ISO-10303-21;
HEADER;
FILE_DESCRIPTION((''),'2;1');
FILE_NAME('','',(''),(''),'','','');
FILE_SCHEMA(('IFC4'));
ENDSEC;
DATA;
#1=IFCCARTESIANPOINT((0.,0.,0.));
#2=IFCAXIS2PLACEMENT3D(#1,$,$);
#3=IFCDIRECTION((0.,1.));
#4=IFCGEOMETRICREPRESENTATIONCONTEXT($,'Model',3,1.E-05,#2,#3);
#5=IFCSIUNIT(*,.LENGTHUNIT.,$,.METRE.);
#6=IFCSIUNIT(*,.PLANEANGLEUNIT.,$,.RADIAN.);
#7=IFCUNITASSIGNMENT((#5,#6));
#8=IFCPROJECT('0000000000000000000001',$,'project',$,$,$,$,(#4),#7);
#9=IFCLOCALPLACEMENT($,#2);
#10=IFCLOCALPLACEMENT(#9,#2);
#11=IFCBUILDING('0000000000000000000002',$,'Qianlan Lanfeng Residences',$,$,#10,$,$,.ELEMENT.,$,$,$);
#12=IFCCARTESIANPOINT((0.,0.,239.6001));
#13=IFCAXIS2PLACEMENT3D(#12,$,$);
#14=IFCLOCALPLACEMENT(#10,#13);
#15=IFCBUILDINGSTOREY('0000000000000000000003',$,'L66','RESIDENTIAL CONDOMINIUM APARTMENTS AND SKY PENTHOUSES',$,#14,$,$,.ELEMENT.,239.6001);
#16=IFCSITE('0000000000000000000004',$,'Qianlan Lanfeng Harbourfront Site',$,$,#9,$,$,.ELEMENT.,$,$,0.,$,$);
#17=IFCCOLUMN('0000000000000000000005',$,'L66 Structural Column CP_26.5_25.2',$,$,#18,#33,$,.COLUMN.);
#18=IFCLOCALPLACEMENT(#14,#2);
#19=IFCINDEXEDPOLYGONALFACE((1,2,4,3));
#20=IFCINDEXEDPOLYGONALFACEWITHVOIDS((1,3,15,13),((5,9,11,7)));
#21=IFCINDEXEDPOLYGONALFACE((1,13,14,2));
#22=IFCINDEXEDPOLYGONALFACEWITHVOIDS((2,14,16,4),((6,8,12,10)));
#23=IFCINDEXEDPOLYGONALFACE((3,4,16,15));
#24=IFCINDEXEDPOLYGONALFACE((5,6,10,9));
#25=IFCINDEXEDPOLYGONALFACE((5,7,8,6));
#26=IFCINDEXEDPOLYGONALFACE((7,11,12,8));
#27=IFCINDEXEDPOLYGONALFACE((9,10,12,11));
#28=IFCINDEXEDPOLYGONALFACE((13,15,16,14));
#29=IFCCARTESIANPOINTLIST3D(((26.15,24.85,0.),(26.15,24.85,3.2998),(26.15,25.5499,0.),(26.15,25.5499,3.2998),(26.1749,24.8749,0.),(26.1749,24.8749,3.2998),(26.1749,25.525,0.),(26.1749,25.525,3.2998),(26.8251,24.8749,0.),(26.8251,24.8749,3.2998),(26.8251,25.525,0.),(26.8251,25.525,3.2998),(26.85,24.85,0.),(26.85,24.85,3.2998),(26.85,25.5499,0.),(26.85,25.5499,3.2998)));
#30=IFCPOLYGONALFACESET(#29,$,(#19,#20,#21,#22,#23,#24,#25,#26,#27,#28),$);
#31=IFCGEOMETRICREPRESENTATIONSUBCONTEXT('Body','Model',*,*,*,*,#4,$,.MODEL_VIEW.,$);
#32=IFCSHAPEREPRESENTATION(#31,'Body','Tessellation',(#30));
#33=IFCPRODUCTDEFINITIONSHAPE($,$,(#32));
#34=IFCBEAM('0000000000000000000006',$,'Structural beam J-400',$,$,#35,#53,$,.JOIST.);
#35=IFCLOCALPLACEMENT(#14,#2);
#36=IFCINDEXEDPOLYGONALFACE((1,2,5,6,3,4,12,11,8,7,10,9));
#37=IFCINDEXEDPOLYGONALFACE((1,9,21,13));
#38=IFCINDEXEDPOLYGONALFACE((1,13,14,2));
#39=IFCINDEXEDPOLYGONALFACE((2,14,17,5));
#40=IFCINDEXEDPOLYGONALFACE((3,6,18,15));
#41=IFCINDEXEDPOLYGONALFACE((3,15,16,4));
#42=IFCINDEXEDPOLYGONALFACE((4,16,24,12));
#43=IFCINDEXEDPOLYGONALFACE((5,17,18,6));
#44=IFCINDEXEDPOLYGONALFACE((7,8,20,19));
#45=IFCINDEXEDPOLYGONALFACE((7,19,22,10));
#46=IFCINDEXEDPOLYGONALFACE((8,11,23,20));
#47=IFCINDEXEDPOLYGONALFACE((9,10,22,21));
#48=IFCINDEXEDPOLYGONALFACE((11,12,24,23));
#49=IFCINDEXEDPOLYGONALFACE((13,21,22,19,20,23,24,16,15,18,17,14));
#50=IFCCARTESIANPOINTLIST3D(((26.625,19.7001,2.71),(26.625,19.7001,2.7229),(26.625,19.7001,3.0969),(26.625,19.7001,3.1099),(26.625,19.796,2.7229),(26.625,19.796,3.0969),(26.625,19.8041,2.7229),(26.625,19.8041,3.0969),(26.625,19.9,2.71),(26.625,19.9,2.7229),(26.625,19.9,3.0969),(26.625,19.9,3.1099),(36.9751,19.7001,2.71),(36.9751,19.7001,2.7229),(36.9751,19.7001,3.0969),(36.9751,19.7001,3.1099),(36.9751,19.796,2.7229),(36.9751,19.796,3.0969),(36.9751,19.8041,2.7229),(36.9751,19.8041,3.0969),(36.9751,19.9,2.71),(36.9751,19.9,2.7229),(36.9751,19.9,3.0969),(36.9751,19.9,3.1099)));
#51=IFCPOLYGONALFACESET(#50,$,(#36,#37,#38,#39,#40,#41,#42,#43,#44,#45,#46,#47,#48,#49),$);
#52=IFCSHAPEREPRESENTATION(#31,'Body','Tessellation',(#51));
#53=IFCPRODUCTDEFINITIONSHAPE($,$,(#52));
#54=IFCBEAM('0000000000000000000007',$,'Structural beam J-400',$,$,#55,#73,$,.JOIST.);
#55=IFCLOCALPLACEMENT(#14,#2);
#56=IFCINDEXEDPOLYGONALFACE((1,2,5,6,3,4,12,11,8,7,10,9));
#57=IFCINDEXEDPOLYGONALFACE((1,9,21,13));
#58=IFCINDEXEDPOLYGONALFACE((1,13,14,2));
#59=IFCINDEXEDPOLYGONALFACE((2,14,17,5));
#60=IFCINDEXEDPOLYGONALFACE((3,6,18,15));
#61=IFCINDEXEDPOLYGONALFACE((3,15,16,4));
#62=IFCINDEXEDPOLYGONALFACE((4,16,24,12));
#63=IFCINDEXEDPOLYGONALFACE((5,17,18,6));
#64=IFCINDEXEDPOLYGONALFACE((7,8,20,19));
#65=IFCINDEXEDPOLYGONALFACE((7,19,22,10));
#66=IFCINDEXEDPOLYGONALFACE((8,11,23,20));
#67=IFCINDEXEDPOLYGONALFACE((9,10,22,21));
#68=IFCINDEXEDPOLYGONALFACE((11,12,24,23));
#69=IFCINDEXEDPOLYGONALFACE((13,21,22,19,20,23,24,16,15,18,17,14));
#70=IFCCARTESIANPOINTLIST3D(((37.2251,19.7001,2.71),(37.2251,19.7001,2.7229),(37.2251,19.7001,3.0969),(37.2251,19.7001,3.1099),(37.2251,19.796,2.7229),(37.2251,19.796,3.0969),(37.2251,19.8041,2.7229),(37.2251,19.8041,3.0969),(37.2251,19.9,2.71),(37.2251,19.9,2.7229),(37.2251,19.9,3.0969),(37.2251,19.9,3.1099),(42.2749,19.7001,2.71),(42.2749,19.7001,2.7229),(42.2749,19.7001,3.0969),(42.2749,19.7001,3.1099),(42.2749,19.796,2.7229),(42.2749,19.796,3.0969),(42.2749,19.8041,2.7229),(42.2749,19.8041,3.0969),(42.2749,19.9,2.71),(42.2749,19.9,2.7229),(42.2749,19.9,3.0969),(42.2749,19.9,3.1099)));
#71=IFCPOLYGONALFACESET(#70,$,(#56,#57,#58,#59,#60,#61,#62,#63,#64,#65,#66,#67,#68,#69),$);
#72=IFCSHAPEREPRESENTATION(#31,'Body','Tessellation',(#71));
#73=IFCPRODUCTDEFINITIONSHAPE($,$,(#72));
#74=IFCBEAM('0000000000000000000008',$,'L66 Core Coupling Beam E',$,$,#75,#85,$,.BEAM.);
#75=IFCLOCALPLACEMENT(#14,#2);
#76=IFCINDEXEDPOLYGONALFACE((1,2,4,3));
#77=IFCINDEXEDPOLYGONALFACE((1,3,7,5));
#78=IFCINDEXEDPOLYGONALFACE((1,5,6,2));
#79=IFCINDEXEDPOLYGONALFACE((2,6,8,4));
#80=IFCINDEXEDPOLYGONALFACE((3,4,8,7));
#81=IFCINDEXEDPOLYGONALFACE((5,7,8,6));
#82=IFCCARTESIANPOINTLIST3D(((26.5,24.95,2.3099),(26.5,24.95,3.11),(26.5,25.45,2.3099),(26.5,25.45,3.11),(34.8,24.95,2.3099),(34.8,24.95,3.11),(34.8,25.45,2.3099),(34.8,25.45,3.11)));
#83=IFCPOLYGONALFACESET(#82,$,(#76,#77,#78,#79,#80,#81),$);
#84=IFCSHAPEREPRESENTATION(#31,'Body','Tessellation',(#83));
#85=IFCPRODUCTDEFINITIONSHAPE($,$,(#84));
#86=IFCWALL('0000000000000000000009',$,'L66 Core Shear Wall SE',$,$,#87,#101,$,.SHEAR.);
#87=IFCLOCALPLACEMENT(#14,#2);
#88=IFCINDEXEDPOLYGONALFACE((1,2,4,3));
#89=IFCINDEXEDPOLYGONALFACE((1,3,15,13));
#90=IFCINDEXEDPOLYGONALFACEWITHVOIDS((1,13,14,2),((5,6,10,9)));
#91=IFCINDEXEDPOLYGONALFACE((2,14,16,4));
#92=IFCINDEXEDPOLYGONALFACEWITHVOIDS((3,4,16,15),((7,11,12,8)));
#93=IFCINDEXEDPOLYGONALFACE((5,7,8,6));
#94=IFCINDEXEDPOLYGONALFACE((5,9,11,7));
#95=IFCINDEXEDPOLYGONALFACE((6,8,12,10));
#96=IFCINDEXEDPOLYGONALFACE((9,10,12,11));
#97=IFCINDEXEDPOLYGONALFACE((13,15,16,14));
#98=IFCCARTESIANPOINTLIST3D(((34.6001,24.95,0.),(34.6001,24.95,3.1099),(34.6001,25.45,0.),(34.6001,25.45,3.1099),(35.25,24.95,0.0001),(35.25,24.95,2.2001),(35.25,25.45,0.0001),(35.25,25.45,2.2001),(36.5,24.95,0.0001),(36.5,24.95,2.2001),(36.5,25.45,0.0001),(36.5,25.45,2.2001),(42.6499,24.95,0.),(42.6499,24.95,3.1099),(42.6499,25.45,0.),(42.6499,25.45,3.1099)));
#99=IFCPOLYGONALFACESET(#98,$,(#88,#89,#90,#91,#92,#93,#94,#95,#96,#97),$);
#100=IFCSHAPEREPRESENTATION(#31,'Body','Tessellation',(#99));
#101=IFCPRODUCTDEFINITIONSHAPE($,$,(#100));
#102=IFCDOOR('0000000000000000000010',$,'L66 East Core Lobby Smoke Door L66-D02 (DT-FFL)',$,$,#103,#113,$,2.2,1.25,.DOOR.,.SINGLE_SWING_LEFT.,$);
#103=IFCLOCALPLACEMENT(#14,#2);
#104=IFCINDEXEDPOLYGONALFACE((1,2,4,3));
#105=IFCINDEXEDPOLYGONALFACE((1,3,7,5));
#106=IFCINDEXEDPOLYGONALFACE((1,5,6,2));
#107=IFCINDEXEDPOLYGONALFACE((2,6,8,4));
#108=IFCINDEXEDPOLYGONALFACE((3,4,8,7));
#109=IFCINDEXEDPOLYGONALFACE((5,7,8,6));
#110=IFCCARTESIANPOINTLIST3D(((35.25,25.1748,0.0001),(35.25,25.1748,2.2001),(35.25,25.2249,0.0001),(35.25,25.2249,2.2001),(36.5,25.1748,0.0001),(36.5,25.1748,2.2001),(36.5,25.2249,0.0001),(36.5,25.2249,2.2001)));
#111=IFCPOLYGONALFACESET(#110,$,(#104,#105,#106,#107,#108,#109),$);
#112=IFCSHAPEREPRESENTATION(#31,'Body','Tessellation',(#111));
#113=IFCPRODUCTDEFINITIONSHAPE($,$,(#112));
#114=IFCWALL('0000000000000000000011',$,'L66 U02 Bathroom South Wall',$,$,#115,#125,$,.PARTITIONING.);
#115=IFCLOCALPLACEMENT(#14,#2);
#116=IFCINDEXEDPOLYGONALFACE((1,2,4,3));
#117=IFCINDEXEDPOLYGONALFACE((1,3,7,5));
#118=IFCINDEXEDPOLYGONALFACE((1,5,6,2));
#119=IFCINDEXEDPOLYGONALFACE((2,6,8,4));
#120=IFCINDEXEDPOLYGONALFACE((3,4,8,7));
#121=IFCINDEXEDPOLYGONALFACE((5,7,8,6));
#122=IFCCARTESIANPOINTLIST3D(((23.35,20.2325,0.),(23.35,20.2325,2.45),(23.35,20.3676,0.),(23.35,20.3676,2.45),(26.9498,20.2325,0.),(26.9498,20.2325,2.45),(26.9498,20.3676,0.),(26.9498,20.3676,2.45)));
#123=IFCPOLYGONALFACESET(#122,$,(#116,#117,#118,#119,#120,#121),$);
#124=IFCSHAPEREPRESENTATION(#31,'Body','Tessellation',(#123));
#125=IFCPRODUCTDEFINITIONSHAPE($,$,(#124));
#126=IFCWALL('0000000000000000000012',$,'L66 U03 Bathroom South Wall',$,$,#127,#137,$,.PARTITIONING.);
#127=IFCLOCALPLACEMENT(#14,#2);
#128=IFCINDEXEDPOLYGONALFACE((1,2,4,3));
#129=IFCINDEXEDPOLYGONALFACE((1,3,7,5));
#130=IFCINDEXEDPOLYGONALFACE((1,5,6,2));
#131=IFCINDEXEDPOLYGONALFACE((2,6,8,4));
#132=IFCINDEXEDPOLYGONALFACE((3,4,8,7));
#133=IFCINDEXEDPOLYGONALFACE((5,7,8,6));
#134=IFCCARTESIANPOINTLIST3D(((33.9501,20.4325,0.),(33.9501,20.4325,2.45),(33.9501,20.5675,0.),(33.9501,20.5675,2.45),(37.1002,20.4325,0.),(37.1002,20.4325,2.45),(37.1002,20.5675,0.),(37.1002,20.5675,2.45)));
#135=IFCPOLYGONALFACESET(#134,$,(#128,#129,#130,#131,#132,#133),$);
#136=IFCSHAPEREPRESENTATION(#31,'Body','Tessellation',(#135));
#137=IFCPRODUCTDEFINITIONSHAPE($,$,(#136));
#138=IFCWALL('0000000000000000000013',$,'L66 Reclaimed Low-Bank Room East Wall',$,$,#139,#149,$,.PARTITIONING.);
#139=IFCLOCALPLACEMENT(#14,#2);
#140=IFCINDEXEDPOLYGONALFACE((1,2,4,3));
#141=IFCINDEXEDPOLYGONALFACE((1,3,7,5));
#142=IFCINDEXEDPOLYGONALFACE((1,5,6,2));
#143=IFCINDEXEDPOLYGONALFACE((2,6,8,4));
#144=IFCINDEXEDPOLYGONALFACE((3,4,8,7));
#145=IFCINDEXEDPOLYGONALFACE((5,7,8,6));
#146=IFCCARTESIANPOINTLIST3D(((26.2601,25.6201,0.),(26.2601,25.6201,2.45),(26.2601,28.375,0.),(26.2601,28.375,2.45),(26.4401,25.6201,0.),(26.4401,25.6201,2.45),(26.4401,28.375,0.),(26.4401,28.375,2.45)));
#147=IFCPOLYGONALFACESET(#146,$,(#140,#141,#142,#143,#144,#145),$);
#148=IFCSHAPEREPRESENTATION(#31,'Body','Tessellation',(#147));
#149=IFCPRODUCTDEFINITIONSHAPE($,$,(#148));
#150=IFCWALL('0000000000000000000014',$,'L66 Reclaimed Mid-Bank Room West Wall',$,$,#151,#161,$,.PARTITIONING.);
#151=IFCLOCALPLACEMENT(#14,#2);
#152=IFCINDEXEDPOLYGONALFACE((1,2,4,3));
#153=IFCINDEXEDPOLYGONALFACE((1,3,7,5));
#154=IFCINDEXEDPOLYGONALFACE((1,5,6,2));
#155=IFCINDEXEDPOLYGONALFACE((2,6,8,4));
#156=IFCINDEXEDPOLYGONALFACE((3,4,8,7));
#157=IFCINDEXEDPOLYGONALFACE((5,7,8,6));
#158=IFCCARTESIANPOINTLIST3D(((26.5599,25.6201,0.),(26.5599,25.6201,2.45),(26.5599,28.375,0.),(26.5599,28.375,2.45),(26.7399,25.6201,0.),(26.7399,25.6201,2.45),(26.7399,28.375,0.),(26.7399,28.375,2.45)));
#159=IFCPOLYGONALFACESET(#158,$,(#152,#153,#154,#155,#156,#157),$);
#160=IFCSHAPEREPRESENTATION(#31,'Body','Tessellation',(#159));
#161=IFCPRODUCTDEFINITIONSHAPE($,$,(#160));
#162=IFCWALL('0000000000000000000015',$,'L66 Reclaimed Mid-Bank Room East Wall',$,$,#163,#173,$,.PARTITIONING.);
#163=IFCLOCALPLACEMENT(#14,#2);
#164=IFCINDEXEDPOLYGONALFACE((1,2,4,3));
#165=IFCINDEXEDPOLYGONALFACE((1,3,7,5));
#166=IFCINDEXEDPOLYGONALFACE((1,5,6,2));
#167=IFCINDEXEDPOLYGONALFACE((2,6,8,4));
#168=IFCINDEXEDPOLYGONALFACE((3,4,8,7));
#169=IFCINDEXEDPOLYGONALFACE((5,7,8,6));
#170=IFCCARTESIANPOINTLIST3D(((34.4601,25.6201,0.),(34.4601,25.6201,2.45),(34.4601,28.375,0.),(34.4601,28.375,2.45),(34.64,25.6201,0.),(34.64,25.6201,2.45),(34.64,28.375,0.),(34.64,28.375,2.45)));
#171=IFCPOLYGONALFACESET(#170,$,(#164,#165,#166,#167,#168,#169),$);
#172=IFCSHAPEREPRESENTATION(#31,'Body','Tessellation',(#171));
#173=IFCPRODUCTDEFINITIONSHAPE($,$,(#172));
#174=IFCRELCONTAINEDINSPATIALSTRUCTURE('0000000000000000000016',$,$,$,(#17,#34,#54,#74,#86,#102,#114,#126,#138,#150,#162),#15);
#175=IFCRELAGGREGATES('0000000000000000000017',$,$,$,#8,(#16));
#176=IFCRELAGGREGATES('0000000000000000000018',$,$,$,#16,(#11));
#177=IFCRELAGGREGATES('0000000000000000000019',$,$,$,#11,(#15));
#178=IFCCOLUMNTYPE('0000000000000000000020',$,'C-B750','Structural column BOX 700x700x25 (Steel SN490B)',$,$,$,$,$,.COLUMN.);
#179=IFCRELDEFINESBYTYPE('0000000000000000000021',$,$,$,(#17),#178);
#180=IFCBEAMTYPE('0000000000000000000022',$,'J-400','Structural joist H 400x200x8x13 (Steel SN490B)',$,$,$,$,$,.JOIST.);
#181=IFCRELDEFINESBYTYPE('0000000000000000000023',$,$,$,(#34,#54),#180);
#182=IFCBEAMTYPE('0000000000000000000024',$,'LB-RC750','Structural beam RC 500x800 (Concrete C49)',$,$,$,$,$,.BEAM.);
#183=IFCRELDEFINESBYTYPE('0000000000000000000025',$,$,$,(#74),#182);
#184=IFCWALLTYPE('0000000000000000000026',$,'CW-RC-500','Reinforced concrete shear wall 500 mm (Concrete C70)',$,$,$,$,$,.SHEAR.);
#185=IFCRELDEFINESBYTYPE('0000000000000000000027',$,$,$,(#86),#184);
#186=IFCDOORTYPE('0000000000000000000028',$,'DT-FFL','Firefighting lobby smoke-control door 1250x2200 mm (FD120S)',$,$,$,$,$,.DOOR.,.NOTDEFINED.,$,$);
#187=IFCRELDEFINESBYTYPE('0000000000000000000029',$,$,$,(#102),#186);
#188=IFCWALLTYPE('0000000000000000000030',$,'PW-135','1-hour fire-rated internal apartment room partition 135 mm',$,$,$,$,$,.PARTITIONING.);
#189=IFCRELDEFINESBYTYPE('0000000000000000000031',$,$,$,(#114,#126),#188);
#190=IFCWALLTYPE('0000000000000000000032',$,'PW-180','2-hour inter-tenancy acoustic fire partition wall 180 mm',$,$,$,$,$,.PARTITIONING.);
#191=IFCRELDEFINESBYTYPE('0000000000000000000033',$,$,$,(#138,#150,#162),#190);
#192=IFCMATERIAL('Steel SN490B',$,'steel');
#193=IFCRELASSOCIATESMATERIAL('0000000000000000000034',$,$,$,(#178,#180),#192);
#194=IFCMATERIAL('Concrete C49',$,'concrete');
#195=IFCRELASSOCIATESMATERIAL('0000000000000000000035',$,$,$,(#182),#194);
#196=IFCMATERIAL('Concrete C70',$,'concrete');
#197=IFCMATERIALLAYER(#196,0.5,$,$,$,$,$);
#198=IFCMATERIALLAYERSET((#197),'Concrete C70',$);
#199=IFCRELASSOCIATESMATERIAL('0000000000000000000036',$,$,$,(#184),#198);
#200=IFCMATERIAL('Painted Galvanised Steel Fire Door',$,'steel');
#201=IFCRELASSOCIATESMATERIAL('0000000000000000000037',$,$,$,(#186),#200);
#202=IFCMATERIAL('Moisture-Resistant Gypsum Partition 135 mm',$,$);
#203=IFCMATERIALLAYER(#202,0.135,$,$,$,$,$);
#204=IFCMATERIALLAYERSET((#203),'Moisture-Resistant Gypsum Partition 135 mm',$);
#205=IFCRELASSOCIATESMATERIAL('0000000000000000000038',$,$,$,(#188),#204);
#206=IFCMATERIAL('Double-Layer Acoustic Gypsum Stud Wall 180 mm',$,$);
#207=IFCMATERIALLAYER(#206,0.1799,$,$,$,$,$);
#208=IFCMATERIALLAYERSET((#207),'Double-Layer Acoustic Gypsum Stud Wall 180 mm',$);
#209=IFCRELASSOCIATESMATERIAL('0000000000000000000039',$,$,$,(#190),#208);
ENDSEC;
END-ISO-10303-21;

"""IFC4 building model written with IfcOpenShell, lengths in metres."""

from ifc_helpers import new_model, si_unit, direction, frame, frame_2d, origin, origin_2d, place, context, subcontext, project, spatial, rectangle, hollow_rectangle, i_section, extrude, material, layer, layer_set, material_profile, profile_set, type_object, element, fill, save


model = new_model("IFC4")

# Units and contexts
model_context = context("Model", 3, precision=1e-05, world=origin(), true_north=direction((0.0, 1.0)))
body_context = subcontext(model_context, "Body", "Model", "MODEL_VIEW")
ifc_project = project(units=[si_unit("LENGTHUNIT", "METRE"), si_unit("PLANEANGLEUNIT", "RADIAN")], contexts=[model_context])

# Site, building, storey
site_placement = place(None, origin())
site = spatial("IfcSite", under=ifc_project, at=site_placement, Name="Qianlan Lanfeng Harbourfront Site", CompositionType="ELEMENT", RefElevation=0.0)
building_placement = place(site_placement, origin())
building = spatial("IfcBuilding", under=site, at=building_placement, Name="Qianlan Lanfeng Residences", CompositionType="ELEMENT")
storey_placement = place(building_placement, frame((0.0, 0.0, 239.6001)))
storey = spatial("IfcBuildingStorey", under=building, at=storey_placement, Name="L66", Description="RESIDENTIAL CONDOMINIUM APARTMENTS AND SKY PENTHOUSES", CompositionType="ELEMENT", Elevation=239.6001)

# Column
ifc_material_1 = material(Name="Steel SN490B", Category="steel")
ifc_material_profile_1 = material_profile(ifc_material_1, hollow_rectangle(XDim=0.7, YDim=0.7, WallThickness=0.0249, at=origin_2d()), Name="BOX 700x700x25")
ifc_profile_set_1 = profile_set([ifc_material_profile_1], Name="Steel SN490B")
column_type = type_object("IfcColumnType", Name="C-B750", Description="Structural column BOX 700x700x25 (Steel SN490B)", PredefinedType="COLUMN", material=ifc_profile_set_1)
column_placement = place(storey_placement, frame((26.5, 25.2, 0.0), z_axis=(0.0, 0.0, 1.0), x_axis=(1.0, 0.0, 0.0)))
element("IfcColumn", 1, at=column_placement, inside=storey, type_object=column_type, Name="L66 Structural Column CP_26.5_25.2", PredefinedType="COLUMN", context=body_context, shape_type="SweptSolid", body=[
    extrude(hollow_rectangle(XDim=0.7, YDim=0.7, WallThickness=0.0249, at=origin_2d()), origin(), (0.0, 0.0, 1.0), 3.2998),
])

# Beams
ifc_material_profile_2 = material_profile(ifc_material_1, i_section(OverallWidth=0.2, OverallDepth=0.3999, WebThickness=0.0081, FlangeThickness=0.0129, at=origin_2d()), Name="H 400x200x8x13")
ifc_profile_set_2 = profile_set([ifc_material_profile_2], Name="Steel SN490B")
beam_type_1 = type_object("IfcBeamType", Name="J-400", Description="Structural joist H 400x200x8x13 (Steel SN490B)", PredefinedType="JOIST", material=ifc_profile_set_2)
beam_1_placement = place(storey_placement, frame((26.625, 19.8, 2.9099), z_axis=(1.0, 0.0, 0.0), x_axis=(0.0, 1.0, 0.0)))
element("IfcBeam", 2, at=beam_1_placement, inside=storey, type_object=beam_type_1, Name="Structural beam J-400", PredefinedType="JOIST", context=body_context, shape_type="SweptSolid", body=[
    extrude(i_section(OverallWidth=0.2, OverallDepth=0.3999, WebThickness=0.0081, FlangeThickness=0.0129, at=origin_2d()), origin(), (0.0, 0.0, 1.0), 10.3501),
])
beam_2_placement = place(storey_placement, frame((37.2251, 19.8, 2.9099), z_axis=(1.0, 0.0, 0.0), x_axis=(0.0, 1.0, 0.0)))
element("IfcBeam", 3, at=beam_2_placement, inside=storey, type_object=beam_type_1, Name="Structural beam J-400", PredefinedType="JOIST", context=body_context, shape_type="SweptSolid", body=[
    extrude(i_section(OverallWidth=0.2, OverallDepth=0.3999, WebThickness=0.0081, FlangeThickness=0.0129, at=origin_2d()), origin(), (0.0, 0.0, 1.0), 5.0498),
])
ifc_material_2 = material(Name="Concrete C49", Category="concrete")
ifc_material_profile_3 = material_profile(ifc_material_2, rectangle(XDim=0.5, YDim=0.8, at=origin_2d()), Name="RC 500x800")
ifc_profile_set_3 = profile_set([ifc_material_profile_3], Name="Concrete C49")
beam_type_2 = type_object("IfcBeamType", Name="LB-RC750", Description="Structural beam RC 500x800 (Concrete C49)", PredefinedType="BEAM", material=ifc_profile_set_3)
beam_3_placement = place(storey_placement, frame((26.5, 25.2, 2.71), z_axis=(1.0, 0.0, 0.0), x_axis=(0.0, 1.0, 0.0)))
element("IfcBeam", 4, at=beam_3_placement, inside=storey, type_object=beam_type_2, Name="L66 Core Coupling Beam E", PredefinedType="BEAM", context=body_context, shape_type="SweptSolid", body=[
    extrude(rectangle(XDim=0.5, YDim=0.8, at=origin_2d()), origin(), (0.0, 0.0, 1.0), 8.3),
])

# Wall, opening, door
ifc_material_3 = material(Name="Concrete C70", Category="concrete")
ifc_layer_1 = layer(ifc_material_3, 0.5)
ifc_layer_set_1 = layer_set([ifc_layer_1], Name="Concrete C70")
wall_type_1 = type_object("IfcWallType", Name="CW-RC-500", Description="Reinforced concrete shear wall 500 mm (Concrete C70)", PredefinedType="SHEAR", material=ifc_layer_set_1)
wall_1_placement = place(storey_placement, frame((34.6001, 25.2, 0.0), z_axis=(0.0, 0.0, 1.0), x_axis=(1.0, 0.0, 0.0)))
wall_1 = element("IfcWall", 5, at=wall_1_placement, inside=storey, type_object=wall_type_1, Name="L66 Core Shear Wall SE", PredefinedType="SHEAR", context=body_context, shape_type="SweptSolid", body=[
    extrude(rectangle(XDim=8.0498, YDim=0.5, at=frame_2d((4.0249, 0.0))), origin(), (0.0, 0.0, 1.0), 3.1099),
])
opening_1_placement = place(wall_1_placement, frame((0.6499, 0.0, 0.0)))
opening_1 = element("IfcOpeningElement", 6, at=opening_1_placement, cuts=wall_1, PredefinedType="OPENING", context=body_context, shape_type="SweptSolid", body=[
    extrude(rectangle(XDim=1.25, YDim=2.2, at=frame_2d((0.625, 1.1001))), frame((0.0, 0.26, 0.0), z_axis=(0.0, -1.0, 0.0), x_axis=(1.0, 0.0, 0.0)), (0.0, 0.0, 1.0), 0.52),
])
ifc_material_4 = material(Name="Painted Galvanised Steel Fire Door", Category="steel")
door_type_1 = type_object("IfcDoorType", Name="DT-FFL", Description="Firefighting lobby smoke-control door 1250x2200 mm (FD120S)", OperationType="NOTDEFINED", PredefinedType="DOOR", material=ifc_material_4)
door_1_placement = place(opening_1_placement, origin())
door_1 = element("IfcDoor", 7, at=door_1_placement, inside=storey, type_object=door_type_1, Name="L66 East Core Lobby Smoke Door L66-D02 (DT-FFL)", OperationType="SINGLE_SWING_LEFT", OverallHeight=2.2, OverallWidth=1.25, PredefinedType="DOOR", context=body_context, shape_type="SweptSolid", body=[
    extrude(rectangle(XDim=1.25, YDim=2.2, at=frame_2d((0.625, 1.1001))), frame((0.0, 0.0249, 0.0), z_axis=(0.0, -1.0, 0.0), x_axis=(1.0, 0.0, 0.0)), (0.0, 0.0, 1.0), 0.05),
])
fill(opening_1, door_1)

# Walls
ifc_material_5 = material(Name="Moisture-Resistant Gypsum Partition 135 mm")
ifc_layer_2 = layer(ifc_material_5, 0.135)
ifc_layer_set_2 = layer_set([ifc_layer_2], Name="Moisture-Resistant Gypsum Partition 135 mm")
wall_type_2 = type_object("IfcWallType", Name="PW-135", Description="1-hour fire-rated internal apartment room partition 135 mm", PredefinedType="PARTITIONING", material=ifc_layer_set_2)
wall_2_placement = place(storey_placement, frame((23.3501, 20.3, 0.0), z_axis=(0.0, 0.0, 1.0), x_axis=(1.0, 0.0, 0.0)))
element("IfcWall", 8, at=wall_2_placement, inside=storey, type_object=wall_type_2, Name="L66 U02 Bathroom South Wall", PredefinedType="PARTITIONING", context=body_context, shape_type="SweptSolid", body=[
    extrude(rectangle(XDim=3.5999, YDim=0.135, at=frame_2d((1.7998, 0.0))), origin(), (0.0, 0.0, 1.0), 2.45),
])
wall_3_placement = place(storey_placement, frame((33.95, 20.5, 0.0), z_axis=(0.0, 0.0, 1.0), x_axis=(1.0, 0.0, 0.0)))
element("IfcWall", 9, at=wall_3_placement, inside=storey, type_object=wall_type_2, Name="L66 U03 Bathroom South Wall", PredefinedType="PARTITIONING", context=body_context, shape_type="SweptSolid", body=[
    extrude(rectangle(XDim=3.1501, YDim=0.135, at=frame_2d((1.5752, 0.0))), origin(), (0.0, 0.0, 1.0), 2.45),
])

# Shared definitions
ifc_material_6 = material(Name="Double-Layer Acoustic Gypsum Stud Wall 180 mm")
ifc_layer_3 = layer(ifc_material_6, 0.1799)
ifc_layer_set_3 = layer_set([ifc_layer_3], Name="Double-Layer Acoustic Gypsum Stud Wall 180 mm")
wall_type_3 = type_object("IfcWallType", Name="PW-180", Description="2-hour inter-tenancy acoustic fire partition wall 180 mm", PredefinedType="PARTITIONING", material=ifc_layer_set_3)

# Walls
for number, where, z_axis, x_axis, name in (
    (10, (26.3501, 25.6201, 0.0), (0.0, 0.0, 1.0), (0.0, 1.0, 0.0), "L66 Reclaimed Low-Bank Room East Wall"),
    (11, (26.6499, 25.6201, 0.0), (0.0, 0.0, 1.0), (0.0, 1.0, 0.0), "L66 Reclaimed Mid-Bank Room West Wall"),
    (12, (34.55, 25.6201, 0.0), (0.0, 0.0, 1.0), (0.0, 1.0, 0.0), "L66 Reclaimed Mid-Bank Room East Wall"),
):
    element("IfcWall", number, at=place(storey_placement, frame(where, z_axis=z_axis, x_axis=x_axis)), inside=storey, type_object=wall_type_3, Name=name, PredefinedType="PARTITIONING", context=body_context, shape_type="SweptSolid", body=[
        extrude(rectangle(XDim=2.7549, YDim=0.1799, at=frame_2d((1.3774, 0.0))), origin(), (0.0, 0.0, 1.0), 2.45),
    ])

save(model, "model.ifc")
